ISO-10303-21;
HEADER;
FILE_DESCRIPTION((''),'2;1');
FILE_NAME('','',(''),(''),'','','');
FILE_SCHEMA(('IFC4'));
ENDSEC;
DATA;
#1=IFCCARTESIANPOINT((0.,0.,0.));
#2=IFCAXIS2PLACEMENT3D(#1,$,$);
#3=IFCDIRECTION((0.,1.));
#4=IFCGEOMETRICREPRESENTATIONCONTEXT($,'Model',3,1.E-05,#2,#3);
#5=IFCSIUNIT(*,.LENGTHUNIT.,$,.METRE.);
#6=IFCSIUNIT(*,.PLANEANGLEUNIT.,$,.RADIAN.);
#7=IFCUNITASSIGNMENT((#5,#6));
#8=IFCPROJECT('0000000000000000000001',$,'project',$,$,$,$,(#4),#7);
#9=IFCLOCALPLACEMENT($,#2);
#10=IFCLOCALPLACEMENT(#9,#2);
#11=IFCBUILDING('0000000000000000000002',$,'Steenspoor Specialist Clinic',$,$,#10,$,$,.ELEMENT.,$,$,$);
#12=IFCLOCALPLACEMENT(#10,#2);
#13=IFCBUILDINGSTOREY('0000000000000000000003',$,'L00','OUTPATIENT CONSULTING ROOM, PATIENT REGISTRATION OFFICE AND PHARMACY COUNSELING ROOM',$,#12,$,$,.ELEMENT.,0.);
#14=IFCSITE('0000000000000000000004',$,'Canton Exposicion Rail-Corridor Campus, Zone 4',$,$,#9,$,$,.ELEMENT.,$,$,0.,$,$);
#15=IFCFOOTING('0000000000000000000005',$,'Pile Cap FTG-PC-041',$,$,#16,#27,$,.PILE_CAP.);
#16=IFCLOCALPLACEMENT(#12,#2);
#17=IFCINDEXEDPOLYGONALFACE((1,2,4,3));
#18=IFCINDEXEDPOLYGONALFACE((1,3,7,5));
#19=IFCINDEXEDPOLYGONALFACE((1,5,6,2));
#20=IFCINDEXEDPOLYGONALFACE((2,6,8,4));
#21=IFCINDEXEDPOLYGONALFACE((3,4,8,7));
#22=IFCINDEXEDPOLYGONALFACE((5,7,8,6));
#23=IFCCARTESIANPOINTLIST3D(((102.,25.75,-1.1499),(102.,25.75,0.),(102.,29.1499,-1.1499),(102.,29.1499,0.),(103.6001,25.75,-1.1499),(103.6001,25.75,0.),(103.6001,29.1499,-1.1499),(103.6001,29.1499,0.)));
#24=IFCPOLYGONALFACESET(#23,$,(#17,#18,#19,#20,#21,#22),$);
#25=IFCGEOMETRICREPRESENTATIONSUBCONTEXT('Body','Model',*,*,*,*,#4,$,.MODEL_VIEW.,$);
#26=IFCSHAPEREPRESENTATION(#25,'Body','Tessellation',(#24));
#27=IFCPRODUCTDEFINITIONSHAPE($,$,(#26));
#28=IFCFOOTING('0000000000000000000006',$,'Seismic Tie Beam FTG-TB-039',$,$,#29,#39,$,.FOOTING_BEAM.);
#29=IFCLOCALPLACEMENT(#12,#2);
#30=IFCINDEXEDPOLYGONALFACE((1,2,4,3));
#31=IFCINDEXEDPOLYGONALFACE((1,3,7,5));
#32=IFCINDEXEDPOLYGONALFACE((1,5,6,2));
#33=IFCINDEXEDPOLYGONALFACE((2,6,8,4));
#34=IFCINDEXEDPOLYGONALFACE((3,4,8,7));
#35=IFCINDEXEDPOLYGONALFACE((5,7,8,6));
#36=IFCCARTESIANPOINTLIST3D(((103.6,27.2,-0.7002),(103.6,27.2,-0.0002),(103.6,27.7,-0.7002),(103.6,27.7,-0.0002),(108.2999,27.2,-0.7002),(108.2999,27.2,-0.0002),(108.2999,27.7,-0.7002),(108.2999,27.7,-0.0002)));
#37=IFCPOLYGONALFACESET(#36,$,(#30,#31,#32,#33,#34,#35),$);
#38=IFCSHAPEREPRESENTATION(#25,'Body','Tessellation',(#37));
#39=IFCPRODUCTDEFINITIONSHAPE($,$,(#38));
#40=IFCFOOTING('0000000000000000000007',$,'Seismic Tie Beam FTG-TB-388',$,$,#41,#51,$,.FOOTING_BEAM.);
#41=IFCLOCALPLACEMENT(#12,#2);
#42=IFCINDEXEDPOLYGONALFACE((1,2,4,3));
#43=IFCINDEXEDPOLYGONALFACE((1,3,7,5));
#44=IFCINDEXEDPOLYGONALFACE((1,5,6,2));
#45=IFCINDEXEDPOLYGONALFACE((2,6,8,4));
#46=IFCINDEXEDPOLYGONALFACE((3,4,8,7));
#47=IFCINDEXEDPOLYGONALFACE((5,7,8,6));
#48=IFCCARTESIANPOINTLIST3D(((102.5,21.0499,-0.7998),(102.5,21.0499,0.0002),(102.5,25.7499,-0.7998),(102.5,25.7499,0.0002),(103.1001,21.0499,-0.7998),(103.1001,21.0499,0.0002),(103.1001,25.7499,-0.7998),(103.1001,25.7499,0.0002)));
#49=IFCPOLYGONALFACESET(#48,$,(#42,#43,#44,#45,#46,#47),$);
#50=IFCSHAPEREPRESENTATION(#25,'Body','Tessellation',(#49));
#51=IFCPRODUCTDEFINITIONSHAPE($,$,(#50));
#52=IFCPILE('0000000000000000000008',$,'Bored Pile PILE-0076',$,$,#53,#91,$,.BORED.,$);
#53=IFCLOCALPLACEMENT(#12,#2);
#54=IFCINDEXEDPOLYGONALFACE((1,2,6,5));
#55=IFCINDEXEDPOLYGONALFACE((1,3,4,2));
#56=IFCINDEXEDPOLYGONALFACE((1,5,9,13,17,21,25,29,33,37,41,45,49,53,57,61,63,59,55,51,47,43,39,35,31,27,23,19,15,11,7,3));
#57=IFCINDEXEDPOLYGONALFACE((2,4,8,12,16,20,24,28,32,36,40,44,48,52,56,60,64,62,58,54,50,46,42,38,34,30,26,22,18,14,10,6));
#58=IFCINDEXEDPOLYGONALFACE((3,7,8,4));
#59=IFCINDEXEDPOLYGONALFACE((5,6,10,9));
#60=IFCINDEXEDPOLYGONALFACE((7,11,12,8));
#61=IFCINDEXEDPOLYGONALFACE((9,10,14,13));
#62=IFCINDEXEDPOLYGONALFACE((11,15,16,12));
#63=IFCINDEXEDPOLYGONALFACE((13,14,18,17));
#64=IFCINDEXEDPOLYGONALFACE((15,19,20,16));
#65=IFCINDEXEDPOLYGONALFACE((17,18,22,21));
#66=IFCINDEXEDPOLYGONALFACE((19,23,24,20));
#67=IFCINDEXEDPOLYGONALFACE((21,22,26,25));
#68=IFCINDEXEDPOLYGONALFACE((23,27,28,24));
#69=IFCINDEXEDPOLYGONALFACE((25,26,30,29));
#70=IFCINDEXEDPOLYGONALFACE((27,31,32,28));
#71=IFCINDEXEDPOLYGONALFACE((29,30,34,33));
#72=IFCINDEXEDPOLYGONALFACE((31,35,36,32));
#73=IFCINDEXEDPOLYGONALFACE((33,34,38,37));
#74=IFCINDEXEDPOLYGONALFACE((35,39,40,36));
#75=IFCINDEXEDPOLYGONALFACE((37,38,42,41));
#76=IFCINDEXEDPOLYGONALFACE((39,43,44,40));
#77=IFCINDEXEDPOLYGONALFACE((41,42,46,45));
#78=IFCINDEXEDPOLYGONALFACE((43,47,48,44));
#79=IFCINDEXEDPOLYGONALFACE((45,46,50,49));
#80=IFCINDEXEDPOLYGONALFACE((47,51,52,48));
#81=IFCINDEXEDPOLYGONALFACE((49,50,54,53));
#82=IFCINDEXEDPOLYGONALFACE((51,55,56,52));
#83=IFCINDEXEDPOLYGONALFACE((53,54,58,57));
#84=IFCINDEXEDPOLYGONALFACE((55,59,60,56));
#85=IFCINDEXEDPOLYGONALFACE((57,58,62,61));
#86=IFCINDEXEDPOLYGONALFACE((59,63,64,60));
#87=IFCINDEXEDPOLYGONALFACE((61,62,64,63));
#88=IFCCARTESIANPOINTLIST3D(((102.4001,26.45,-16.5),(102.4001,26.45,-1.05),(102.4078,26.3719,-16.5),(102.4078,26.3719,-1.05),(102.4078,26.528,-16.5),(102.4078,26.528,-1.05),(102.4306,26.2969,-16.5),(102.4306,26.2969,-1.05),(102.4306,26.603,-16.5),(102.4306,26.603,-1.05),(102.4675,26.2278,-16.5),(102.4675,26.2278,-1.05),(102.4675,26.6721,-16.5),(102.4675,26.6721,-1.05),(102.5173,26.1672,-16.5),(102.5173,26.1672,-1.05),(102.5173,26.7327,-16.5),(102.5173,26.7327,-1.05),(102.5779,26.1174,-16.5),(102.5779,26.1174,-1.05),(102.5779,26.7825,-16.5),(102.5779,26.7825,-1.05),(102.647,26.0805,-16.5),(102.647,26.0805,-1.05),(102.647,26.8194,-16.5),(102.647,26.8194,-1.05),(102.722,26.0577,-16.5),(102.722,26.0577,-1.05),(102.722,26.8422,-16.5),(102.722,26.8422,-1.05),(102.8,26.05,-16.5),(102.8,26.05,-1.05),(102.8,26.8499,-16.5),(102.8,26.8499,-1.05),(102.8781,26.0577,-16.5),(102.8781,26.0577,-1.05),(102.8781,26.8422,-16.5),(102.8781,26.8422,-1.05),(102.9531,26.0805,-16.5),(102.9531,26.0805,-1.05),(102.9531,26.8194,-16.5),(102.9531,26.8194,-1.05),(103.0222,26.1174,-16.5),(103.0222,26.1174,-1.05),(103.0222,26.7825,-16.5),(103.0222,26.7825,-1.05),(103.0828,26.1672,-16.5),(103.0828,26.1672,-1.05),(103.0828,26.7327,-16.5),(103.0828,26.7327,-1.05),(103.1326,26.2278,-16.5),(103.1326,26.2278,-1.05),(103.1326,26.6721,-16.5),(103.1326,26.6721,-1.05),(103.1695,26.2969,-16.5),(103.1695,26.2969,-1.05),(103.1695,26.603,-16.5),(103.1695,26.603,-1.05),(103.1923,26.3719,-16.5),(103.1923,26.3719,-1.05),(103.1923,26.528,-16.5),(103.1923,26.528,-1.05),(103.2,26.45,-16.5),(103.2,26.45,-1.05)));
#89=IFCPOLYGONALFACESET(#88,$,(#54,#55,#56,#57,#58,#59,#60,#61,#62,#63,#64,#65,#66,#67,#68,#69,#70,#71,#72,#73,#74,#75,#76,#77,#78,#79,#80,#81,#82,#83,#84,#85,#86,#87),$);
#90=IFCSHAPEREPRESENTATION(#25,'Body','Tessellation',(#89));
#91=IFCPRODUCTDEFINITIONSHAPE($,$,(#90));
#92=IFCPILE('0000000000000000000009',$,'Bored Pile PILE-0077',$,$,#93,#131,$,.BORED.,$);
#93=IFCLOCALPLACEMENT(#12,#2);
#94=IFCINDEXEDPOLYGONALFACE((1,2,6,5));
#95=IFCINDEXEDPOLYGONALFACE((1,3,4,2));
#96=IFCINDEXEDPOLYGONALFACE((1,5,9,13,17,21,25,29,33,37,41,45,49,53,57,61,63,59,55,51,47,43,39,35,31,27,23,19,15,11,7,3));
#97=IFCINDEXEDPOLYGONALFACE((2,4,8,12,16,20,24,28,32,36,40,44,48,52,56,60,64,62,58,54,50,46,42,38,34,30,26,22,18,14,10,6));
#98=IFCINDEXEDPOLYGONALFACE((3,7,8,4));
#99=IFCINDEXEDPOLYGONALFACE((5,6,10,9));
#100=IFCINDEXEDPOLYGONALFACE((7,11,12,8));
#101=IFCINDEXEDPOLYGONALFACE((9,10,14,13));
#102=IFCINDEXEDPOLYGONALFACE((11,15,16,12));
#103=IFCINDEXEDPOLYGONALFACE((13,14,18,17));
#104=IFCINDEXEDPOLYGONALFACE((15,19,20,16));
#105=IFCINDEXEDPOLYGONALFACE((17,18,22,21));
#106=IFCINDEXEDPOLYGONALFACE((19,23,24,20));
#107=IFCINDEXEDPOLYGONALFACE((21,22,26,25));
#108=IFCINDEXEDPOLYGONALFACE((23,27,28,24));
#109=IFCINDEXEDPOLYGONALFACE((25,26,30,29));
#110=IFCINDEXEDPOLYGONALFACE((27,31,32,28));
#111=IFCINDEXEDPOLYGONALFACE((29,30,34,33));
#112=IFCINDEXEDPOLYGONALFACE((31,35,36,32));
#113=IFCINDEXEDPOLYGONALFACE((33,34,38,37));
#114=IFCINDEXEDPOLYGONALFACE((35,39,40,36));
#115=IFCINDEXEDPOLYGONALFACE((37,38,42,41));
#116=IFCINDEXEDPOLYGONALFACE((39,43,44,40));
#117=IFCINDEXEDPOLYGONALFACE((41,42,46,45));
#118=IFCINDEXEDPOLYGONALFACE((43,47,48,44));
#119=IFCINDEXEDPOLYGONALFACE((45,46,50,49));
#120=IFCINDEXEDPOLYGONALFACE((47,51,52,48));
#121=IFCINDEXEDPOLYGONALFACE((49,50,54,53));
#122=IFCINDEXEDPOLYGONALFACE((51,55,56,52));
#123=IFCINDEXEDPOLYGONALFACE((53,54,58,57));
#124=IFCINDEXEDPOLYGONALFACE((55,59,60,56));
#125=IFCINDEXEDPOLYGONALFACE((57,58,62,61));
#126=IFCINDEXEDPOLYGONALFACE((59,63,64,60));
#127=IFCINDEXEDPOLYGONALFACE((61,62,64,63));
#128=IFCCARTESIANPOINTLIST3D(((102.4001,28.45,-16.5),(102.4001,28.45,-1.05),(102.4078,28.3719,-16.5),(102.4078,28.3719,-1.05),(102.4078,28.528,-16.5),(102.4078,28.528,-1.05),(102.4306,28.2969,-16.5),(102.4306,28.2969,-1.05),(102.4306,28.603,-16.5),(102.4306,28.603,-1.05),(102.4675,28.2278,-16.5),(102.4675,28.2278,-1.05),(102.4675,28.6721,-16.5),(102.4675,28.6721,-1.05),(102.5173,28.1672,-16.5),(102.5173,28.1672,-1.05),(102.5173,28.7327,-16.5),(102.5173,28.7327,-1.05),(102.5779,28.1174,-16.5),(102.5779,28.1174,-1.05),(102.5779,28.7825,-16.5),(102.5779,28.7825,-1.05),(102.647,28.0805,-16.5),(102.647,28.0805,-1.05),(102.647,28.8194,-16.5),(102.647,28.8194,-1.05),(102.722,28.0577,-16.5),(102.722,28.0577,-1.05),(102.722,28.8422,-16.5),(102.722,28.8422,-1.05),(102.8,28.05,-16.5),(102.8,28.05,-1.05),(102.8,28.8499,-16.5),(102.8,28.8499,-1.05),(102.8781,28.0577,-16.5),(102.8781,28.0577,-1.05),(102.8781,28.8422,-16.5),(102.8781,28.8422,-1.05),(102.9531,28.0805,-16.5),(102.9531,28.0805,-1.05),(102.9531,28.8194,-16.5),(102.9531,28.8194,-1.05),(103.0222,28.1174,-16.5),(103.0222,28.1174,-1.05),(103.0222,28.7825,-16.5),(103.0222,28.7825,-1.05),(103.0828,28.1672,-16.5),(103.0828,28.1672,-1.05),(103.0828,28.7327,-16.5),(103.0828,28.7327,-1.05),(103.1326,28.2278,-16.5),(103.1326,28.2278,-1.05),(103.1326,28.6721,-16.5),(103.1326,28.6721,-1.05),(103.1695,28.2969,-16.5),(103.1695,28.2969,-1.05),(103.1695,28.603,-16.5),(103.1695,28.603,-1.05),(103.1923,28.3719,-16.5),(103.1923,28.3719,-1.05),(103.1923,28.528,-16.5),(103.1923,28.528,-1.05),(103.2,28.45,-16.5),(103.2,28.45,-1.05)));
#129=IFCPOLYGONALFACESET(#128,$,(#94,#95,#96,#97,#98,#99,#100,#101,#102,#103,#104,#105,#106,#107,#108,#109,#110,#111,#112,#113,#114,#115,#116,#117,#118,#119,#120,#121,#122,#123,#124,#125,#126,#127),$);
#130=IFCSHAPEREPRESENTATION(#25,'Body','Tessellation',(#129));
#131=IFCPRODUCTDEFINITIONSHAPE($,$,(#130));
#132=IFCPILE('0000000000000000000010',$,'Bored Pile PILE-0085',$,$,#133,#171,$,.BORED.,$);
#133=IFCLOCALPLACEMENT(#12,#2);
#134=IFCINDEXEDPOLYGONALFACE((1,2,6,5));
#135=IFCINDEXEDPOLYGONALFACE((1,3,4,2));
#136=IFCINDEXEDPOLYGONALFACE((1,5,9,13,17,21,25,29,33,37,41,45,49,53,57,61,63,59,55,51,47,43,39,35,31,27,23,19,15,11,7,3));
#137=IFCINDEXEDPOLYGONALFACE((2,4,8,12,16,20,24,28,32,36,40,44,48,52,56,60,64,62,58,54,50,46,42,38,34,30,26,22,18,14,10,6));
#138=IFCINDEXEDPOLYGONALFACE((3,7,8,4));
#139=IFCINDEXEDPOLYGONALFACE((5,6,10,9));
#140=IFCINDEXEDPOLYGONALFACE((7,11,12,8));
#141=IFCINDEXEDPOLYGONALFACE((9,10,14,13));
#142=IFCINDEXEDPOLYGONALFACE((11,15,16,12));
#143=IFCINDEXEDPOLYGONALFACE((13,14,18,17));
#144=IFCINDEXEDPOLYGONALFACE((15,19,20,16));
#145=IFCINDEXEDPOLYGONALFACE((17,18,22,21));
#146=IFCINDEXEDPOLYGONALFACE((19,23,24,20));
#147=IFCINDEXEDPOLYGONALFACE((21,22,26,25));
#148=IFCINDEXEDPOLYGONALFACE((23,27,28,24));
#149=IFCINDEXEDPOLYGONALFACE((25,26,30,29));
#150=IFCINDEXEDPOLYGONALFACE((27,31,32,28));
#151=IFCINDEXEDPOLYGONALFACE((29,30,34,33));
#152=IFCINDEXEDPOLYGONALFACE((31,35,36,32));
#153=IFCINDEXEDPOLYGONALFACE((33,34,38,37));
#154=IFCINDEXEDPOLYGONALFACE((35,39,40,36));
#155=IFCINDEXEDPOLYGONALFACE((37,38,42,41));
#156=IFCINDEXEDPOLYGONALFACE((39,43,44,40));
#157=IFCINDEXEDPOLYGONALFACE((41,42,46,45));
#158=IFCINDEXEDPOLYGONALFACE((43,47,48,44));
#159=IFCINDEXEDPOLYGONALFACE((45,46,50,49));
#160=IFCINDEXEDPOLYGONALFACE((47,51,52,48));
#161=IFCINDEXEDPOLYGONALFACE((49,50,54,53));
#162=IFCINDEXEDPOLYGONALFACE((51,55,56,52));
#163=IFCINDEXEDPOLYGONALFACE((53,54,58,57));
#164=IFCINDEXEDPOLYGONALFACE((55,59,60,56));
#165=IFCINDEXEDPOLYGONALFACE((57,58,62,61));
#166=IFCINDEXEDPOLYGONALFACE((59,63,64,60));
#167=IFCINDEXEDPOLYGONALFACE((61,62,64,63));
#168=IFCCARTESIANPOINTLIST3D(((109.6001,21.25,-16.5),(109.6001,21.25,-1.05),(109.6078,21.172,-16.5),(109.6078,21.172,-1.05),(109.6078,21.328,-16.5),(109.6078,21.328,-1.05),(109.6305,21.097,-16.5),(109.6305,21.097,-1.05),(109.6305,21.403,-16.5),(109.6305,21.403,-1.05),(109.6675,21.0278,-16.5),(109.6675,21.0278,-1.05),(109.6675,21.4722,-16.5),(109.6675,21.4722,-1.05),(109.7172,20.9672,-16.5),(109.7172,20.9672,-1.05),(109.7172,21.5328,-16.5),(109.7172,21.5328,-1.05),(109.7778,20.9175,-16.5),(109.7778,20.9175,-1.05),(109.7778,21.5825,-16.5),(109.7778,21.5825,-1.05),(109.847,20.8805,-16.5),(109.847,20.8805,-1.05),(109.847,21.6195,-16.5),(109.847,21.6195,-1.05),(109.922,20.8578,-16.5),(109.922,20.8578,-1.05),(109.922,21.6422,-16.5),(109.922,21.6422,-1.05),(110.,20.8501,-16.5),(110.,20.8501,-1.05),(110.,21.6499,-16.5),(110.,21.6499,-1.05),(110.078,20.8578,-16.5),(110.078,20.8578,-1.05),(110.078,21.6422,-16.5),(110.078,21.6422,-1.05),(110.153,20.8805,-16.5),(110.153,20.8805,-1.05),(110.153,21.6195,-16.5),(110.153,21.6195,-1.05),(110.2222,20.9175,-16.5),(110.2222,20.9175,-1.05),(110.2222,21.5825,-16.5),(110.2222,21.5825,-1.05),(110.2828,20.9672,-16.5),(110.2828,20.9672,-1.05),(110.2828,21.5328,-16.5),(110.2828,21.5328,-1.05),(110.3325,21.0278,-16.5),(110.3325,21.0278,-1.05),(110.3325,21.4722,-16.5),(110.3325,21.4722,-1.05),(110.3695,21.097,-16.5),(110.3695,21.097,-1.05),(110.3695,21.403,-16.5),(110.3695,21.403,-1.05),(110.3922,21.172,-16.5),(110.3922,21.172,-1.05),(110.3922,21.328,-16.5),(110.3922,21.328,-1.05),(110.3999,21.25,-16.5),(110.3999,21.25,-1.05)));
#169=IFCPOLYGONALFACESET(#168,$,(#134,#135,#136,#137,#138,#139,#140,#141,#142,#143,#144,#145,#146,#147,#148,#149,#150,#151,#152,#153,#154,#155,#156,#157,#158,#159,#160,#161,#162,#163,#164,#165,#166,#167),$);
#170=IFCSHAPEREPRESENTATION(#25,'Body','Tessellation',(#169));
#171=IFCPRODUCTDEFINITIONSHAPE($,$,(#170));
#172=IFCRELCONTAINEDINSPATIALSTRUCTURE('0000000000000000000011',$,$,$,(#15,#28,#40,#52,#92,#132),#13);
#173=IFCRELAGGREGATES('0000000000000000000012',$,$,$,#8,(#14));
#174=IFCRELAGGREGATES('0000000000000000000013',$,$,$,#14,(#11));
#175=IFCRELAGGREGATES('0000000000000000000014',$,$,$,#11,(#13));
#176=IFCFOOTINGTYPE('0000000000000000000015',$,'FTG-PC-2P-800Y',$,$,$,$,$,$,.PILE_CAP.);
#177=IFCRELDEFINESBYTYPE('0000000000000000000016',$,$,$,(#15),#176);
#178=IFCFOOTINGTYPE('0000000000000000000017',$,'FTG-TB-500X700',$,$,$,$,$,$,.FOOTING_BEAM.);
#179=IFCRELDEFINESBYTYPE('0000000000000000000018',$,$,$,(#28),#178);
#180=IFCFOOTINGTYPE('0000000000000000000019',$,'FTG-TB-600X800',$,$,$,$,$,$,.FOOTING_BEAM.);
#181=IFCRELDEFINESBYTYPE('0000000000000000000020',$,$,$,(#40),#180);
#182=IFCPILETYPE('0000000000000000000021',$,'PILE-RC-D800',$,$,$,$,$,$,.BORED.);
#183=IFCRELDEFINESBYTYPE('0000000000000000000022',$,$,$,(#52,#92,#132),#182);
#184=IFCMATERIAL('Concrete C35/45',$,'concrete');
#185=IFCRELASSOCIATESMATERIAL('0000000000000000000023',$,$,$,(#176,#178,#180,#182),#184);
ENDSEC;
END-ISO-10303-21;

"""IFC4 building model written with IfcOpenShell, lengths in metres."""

from ifc_helpers import new_model, si_unit, direction, frame, origin, origin_2d, place, context, subcontext, project, spatial, rectangle, circle, extrude, material, material_profile, profile_set, type_object, element, save


model = new_model("IFC4")

# Units and contexts
model_context = context("Model", 3, precision=1e-05, world=origin(), true_north=direction((0.0, 1.0)))
body_context = subcontext(model_context, "Body", "Model", "MODEL_VIEW")
ifc_project = project(units=[si_unit("LENGTHUNIT", "METRE"), si_unit("PLANEANGLEUNIT", "RADIAN")], contexts=[model_context])

# Site, building, storey
site_placement = place(None, origin())
site = spatial("IfcSite", under=ifc_project, at=site_placement, Name="Canton Exposicion Rail-Corridor Campus, Zone 4", CompositionType="ELEMENT", RefElevation=0.0)
building_placement = place(site_placement, origin())
building = spatial("IfcBuilding", under=site, at=building_placement, Name="Steenspoor Specialist Clinic", CompositionType="ELEMENT")
storey_placement = place(building_placement, origin())
storey = spatial("IfcBuildingStorey", under=building, at=storey_placement, Name="L00", Description="OUTPATIENT CONSULTING ROOM, PATIENT REGISTRATION OFFICE AND PHARMACY COUNSELING ROOM", CompositionType="ELEMENT", Elevation=0.0)

# Footings
ifc_material_1 = material(Name="Concrete C35/45", Category="concrete")
footing_type_1 = type_object("IfcFootingType", Name="FTG-PC-2P-800Y", PredefinedType="PILE_CAP", material=ifc_material_1)
footing_1_placement = place(storey_placement, frame((102.8, 27.45, -1.1499), z_axis=(0.0, 0.0, 1.0), x_axis=(1.0, 0.0, 0.0)))
element("IfcFooting", 1, at=footing_1_placement, inside=storey, type_object=footing_type_1, Name="Pile Cap FTG-PC-041", PredefinedType="PILE_CAP", context=body_context, shape_type="SweptSolid", body=[
    extrude(rectangle(XDim=1.6001, YDim=3.3999, at=origin_2d()), origin(), (0.0, 0.0, 1.0), 1.1499),
])
footing_type_2 = type_object("IfcFootingType", Name="FTG-TB-500X700", PredefinedType="FOOTING_BEAM", material=ifc_material_1)
footing_2_placement = place(storey_placement, frame((105.95, 27.45, -0.7002), z_axis=(0.0, 0.0, 1.0), x_axis=(1.0, 0.0, 0.0)))
element("IfcFooting", 2, at=footing_2_placement, inside=storey, type_object=footing_type_2, Name="Seismic Tie Beam FTG-TB-039", PredefinedType="FOOTING_BEAM", context=body_context, shape_type="SweptSolid", body=[
    extrude(rectangle(XDim=4.7, YDim=0.5, at=origin_2d()), origin(), (0.0, 0.0, 1.0), 0.7),
])
footing_type_3 = type_object("IfcFootingType", Name="FTG-TB-600X800", PredefinedType="FOOTING_BEAM", material=ifc_material_1)
footing_3_placement = place(storey_placement, frame((102.8, 23.3999, -0.7998), z_axis=(0.0, 0.0, 1.0), x_axis=(1.0, 0.0, 0.0)))
element("IfcFooting", 3, at=footing_3_placement, inside=storey, type_object=footing_type_3, Name="Seismic Tie Beam FTG-TB-388", PredefinedType="FOOTING_BEAM", context=body_context, shape_type="SweptSolid", body=[
    extrude(rectangle(XDim=0.6001, YDim=4.7, at=origin_2d()), origin(), (0.0, 0.0, 1.0), 0.8),
])

# Piles
ifc_material_profile_1 = material_profile(ifc_material_1, circle(Radius=0.3999, at=origin_2d()), Name="PILE-D800")
ifc_profile_set_1 = profile_set([ifc_material_profile_1], Name="Concrete C35/45")
pile_type = type_object("IfcPileType", Name="PILE-RC-D800", PredefinedType="BORED", material=ifc_profile_set_1)
for number, where, z_axis, x_axis, name in (
    (4, (102.8, 26.45, -1.05), (0.0, 0.0, -1.0), (1.0, 0.0, 0.0), "Bored Pile PILE-0076"),
    (5, (102.8, 28.45, -1.05), (0.0, 0.0, -1.0), (1.0, 0.0, 0.0), "Bored Pile PILE-0077"),
    (6, (110.0, 21.25, -1.05), (0.0, 0.0, -1.0), (1.0, 0.0, 0.0), "Bored Pile PILE-0085"),
):
    element("IfcPile", number, at=place(storey_placement, frame(where, z_axis=z_axis, x_axis=x_axis)), inside=storey, type_object=pile_type, Name=name, PredefinedType="BORED", context=body_context, shape_type="SweptSolid", body=[
        extrude(circle(Radius=0.3999, at=origin_2d()), origin(), (0.0, 0.0, 1.0), 15.45),
    ])

save(model, "model.ifc")
